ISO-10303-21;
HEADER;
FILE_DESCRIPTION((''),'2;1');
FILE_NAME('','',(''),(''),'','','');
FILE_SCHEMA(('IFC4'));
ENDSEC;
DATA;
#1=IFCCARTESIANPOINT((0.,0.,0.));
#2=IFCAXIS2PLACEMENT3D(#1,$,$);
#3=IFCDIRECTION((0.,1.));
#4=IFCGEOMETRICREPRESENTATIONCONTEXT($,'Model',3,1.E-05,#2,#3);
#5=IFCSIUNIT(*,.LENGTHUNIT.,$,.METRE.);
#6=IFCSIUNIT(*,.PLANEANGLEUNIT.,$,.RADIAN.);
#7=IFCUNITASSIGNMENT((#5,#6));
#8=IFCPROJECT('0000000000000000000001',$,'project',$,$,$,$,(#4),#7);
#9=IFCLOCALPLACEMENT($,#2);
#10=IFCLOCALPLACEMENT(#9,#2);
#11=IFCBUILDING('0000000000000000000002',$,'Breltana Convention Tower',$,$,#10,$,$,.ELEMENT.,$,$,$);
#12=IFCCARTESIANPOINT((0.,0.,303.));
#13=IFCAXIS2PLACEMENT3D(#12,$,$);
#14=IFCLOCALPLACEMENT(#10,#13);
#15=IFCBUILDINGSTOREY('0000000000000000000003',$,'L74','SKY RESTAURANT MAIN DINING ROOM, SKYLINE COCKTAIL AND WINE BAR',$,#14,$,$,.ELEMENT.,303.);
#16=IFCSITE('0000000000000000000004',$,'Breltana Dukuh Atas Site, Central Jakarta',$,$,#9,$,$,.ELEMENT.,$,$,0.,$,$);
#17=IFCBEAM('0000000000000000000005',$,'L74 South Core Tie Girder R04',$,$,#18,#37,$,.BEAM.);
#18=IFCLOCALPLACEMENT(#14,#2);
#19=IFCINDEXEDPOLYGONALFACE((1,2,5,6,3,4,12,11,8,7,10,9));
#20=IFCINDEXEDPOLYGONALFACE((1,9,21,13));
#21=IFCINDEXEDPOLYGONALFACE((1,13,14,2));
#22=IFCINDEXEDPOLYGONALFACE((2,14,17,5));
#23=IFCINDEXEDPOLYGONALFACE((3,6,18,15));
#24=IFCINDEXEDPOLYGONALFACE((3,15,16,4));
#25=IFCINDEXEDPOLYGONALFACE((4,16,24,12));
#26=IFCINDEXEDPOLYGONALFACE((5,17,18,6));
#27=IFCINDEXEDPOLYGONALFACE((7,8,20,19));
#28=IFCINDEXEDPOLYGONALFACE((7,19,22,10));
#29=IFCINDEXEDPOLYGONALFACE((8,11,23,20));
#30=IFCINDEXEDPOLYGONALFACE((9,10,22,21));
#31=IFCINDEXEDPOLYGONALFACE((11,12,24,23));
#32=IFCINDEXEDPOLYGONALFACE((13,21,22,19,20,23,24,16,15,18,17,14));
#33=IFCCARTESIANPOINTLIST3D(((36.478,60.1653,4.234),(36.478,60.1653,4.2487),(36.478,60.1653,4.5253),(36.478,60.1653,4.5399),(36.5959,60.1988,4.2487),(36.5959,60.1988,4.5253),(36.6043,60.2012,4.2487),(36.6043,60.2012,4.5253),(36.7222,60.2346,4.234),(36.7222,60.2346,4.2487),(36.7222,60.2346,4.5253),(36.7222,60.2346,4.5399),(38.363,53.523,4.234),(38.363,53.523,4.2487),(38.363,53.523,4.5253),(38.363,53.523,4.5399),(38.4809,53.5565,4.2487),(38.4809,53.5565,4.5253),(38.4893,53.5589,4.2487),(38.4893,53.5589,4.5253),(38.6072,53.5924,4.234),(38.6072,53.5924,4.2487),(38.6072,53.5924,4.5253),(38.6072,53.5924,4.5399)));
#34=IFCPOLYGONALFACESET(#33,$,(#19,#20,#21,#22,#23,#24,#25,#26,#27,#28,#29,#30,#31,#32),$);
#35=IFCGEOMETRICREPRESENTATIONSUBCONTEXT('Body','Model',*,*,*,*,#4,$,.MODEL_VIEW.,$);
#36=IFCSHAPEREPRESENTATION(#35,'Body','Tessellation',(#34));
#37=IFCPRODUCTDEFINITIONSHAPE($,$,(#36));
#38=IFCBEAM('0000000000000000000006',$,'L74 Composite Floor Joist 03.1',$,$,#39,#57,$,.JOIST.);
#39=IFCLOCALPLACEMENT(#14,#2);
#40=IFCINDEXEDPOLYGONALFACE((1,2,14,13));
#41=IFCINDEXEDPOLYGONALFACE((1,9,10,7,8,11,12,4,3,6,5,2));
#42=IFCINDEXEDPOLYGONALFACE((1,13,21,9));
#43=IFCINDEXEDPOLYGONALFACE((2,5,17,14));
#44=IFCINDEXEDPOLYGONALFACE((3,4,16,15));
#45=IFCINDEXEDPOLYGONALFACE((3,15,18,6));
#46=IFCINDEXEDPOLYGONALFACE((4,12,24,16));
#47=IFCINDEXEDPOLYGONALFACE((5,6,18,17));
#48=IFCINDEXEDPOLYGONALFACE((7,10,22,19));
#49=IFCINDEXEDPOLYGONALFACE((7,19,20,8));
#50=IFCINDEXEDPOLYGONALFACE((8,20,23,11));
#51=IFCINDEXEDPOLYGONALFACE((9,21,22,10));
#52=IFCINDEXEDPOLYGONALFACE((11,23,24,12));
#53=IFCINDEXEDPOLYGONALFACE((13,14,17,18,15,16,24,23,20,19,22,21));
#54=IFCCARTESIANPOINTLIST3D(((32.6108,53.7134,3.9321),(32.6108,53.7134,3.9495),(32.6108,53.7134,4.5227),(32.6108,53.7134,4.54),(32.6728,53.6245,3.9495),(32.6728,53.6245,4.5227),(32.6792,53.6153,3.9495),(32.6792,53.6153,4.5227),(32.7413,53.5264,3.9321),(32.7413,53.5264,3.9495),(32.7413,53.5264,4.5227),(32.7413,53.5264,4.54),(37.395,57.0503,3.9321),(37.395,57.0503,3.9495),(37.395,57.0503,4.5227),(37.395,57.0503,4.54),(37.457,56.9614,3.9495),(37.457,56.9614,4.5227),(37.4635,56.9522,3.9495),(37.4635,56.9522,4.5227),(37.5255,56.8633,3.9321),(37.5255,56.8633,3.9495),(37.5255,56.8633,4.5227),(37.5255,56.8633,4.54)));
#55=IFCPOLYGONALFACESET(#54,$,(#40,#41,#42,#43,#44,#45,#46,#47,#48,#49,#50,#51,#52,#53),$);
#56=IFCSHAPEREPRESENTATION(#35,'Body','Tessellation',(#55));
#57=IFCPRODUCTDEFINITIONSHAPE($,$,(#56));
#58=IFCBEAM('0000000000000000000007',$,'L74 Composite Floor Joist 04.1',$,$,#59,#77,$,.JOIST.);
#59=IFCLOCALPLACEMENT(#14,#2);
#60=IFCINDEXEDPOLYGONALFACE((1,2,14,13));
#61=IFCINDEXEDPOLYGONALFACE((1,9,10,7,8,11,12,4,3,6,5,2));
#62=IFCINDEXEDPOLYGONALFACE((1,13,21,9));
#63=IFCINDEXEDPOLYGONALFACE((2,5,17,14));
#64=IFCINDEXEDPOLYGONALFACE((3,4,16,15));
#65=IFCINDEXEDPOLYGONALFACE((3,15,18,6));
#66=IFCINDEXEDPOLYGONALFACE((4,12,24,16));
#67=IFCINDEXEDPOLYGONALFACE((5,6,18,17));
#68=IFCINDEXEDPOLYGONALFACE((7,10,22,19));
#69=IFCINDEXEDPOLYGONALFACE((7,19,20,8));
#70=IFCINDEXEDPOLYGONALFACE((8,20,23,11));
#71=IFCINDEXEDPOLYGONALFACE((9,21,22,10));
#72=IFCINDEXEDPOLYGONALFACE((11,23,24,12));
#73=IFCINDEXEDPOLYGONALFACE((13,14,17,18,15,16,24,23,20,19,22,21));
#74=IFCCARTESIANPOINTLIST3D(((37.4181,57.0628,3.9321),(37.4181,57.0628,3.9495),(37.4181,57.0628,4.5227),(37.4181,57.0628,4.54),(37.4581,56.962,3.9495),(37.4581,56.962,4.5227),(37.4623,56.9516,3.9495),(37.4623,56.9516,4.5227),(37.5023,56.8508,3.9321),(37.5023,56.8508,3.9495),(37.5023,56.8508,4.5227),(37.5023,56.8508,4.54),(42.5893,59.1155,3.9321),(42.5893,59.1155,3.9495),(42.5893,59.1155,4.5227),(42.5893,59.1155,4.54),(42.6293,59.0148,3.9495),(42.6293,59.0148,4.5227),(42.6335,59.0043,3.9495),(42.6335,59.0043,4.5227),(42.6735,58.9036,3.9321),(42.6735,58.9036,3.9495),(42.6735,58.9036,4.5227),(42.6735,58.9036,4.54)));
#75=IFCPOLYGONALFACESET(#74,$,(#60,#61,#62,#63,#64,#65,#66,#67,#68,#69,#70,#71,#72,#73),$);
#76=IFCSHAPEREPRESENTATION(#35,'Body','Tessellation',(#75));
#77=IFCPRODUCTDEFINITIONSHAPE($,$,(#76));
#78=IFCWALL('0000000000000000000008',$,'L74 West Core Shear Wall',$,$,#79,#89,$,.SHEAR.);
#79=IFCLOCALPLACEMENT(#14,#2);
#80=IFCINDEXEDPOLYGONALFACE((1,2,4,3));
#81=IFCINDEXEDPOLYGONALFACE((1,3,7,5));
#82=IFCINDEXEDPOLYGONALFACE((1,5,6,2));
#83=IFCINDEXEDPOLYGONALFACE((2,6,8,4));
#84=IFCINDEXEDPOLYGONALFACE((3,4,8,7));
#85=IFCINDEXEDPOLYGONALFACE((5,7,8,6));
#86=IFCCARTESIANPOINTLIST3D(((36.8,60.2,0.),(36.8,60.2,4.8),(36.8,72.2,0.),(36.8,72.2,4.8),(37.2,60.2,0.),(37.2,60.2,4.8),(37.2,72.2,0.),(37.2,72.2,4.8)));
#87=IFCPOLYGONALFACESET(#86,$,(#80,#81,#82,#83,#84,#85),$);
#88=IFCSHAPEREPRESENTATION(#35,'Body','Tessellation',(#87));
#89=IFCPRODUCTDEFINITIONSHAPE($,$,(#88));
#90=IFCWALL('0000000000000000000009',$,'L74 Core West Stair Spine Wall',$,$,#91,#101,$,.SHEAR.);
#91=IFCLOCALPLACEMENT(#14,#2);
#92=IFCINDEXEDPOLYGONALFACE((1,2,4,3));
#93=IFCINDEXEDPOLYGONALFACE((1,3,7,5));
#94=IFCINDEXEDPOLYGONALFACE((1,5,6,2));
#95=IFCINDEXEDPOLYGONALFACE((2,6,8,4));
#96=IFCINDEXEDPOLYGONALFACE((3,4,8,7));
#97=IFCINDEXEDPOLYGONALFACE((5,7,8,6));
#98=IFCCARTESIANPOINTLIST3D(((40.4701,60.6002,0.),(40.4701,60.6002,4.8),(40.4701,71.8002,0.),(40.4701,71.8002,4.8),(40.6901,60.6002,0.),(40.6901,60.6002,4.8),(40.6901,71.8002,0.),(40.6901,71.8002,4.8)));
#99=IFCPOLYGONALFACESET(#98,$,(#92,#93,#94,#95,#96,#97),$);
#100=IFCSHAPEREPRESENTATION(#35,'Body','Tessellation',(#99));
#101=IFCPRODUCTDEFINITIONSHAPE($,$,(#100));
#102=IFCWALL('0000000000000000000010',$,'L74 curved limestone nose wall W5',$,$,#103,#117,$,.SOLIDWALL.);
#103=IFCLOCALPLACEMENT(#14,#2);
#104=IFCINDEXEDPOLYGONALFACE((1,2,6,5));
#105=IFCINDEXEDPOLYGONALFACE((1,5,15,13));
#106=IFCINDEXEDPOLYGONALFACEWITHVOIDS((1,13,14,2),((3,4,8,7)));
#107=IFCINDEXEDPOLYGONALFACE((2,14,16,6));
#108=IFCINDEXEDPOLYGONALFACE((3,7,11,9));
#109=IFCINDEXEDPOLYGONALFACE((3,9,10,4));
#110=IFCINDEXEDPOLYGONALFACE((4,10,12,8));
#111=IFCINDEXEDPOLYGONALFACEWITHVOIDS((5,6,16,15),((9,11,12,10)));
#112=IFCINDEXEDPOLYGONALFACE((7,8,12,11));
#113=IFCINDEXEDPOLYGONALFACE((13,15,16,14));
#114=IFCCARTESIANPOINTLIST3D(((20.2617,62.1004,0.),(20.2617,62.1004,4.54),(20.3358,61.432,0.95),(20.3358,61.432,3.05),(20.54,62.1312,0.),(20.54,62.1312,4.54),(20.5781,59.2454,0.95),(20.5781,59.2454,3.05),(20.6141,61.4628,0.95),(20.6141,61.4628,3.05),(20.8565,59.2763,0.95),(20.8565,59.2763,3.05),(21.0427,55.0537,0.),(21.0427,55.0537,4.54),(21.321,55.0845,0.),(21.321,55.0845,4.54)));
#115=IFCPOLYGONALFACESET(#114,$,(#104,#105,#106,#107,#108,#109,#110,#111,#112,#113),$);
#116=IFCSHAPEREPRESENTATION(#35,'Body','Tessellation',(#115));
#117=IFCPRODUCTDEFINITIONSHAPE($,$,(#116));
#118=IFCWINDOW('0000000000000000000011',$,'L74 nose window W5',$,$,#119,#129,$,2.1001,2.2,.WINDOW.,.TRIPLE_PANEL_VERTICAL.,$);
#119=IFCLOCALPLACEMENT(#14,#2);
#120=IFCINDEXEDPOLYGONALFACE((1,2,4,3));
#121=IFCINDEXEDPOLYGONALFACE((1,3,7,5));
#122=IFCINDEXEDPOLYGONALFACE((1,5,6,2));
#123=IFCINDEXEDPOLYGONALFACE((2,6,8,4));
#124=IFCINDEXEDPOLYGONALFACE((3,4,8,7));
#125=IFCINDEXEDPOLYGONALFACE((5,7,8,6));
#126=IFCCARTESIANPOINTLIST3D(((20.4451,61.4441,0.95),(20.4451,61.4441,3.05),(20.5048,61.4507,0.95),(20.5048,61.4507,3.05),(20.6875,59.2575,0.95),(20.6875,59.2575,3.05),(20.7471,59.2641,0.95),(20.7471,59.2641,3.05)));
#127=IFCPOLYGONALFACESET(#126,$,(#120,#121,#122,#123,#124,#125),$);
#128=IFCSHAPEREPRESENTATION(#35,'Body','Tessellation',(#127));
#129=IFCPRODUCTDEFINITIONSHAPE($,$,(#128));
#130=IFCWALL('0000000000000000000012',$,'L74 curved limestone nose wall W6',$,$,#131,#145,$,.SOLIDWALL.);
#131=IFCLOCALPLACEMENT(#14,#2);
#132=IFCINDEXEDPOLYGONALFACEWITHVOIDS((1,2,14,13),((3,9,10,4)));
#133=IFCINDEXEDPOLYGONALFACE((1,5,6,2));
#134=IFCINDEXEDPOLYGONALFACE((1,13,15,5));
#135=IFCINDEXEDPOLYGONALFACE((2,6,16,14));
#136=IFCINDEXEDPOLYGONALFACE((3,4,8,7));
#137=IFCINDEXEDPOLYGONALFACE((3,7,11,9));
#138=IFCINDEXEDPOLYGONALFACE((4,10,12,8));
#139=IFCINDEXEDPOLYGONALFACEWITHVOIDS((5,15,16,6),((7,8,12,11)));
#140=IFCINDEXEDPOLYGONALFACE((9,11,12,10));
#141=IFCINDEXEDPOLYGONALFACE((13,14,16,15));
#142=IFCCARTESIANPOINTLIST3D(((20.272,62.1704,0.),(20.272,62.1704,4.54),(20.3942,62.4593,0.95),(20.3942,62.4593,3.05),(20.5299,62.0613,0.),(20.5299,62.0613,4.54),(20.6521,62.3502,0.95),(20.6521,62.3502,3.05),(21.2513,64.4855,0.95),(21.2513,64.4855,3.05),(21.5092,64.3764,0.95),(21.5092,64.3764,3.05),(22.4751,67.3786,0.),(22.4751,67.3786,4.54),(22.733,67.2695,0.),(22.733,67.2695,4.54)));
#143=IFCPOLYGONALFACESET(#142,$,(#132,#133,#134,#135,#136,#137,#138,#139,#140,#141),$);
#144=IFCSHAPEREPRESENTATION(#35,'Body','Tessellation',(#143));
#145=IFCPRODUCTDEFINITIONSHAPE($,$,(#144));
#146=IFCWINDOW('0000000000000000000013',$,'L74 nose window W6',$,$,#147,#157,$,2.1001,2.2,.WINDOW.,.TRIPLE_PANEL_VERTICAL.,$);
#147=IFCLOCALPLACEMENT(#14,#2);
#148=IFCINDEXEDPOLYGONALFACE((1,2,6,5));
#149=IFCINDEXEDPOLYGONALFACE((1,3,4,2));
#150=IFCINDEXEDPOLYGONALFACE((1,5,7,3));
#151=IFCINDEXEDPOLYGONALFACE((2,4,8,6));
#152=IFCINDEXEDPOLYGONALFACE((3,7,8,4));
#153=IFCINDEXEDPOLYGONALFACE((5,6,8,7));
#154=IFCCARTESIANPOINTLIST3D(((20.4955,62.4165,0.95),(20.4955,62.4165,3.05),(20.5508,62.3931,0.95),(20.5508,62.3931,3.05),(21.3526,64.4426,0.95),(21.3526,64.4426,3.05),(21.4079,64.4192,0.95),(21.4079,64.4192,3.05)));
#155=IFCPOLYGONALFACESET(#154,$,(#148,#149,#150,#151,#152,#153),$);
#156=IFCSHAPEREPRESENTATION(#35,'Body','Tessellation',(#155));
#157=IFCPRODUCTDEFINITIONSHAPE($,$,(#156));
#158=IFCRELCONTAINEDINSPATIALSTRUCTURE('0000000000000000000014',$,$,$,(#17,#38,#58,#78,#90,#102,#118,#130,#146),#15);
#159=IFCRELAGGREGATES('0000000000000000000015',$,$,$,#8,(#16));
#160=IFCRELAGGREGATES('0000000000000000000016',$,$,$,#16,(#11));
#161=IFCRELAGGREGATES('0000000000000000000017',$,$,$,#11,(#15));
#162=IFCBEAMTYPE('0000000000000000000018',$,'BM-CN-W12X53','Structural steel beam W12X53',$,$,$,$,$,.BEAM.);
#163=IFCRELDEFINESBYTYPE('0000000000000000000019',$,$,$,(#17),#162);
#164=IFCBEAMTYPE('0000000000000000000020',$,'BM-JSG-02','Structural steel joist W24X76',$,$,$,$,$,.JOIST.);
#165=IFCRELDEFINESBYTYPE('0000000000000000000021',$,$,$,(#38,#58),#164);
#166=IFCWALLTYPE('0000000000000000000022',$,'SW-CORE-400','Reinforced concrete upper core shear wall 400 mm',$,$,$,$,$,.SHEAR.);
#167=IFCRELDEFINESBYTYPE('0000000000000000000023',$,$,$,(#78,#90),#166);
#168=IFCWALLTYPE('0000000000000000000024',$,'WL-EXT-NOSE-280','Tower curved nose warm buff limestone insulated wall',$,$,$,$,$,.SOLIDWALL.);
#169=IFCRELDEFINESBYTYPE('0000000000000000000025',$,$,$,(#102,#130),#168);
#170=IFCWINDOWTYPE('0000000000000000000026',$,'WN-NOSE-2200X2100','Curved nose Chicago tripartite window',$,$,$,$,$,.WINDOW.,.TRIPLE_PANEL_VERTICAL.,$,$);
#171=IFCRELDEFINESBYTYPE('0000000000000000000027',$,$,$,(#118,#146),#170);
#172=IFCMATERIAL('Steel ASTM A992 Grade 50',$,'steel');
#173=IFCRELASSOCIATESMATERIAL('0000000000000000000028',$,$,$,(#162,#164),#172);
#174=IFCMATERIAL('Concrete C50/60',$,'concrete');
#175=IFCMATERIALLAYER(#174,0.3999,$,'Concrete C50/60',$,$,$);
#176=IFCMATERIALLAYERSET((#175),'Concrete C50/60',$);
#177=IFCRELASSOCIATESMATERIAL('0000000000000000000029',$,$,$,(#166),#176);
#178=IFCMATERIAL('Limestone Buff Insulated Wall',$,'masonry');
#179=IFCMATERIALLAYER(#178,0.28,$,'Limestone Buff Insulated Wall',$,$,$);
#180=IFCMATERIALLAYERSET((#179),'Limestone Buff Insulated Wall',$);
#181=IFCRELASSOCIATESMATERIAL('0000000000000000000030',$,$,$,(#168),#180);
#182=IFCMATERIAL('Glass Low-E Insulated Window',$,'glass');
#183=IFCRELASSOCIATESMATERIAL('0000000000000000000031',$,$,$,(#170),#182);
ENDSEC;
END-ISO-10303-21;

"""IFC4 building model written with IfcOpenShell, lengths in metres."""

from ifc_helpers import new_model, si_unit, direction, frame, frame_2d, origin, origin_2d, place, context, subcontext, project, spatial, rectangle, i_section, extrude, source, transform, mapped, material, layer, layer_set, material_profile, profile_set, type_object, type_shapes, element, fill, save


model = new_model("IFC4")

# Units and contexts
model_context = context("Model", 3, precision=1e-05, world=origin(), true_north=direction((0.0, 1.0)))
body_context = subcontext(model_context, "Body", "Model", "MODEL_VIEW")
ifc_project = project(units=[si_unit("LENGTHUNIT", "METRE"), si_unit("PLANEANGLEUNIT", "RADIAN")], contexts=[model_context])

# Site, building, storey
site_placement = place(None, origin())
site = spatial("IfcSite", under=ifc_project, at=site_placement, Name="Breltana Dukuh Atas Site, Central Jakarta", CompositionType="ELEMENT", RefElevation=0.0)
building_placement = place(site_placement, origin())
building = spatial("IfcBuilding", under=site, at=building_placement, Name="Breltana Convention Tower", CompositionType="ELEMENT")
storey_placement = place(building_placement, frame((0.0, 0.0, 303.0)))
storey = spatial("IfcBuildingStorey", under=building, at=storey_placement, Name="L74", Description="SKY RESTAURANT MAIN DINING ROOM, SKYLINE COCKTAIL AND WINE BAR", CompositionType="ELEMENT", Elevation=303.0)

# Beams
ifc_material_1 = material(Name="Steel ASTM A992 Grade 50", Category="steel")
ifc_material_profile_1 = material_profile(ifc_material_1, i_section(OverallWidth=0.2539, OverallDepth=0.3059, WebThickness=0.0088, FlangeThickness=0.0146, at=origin_2d()), Name="W12X53")
ifc_profile_set_1 = profile_set([ifc_material_profile_1], Name="Steel ASTM A992 Grade 50")
beam_type_1 = type_object("IfcBeamType", Name="BM-CN-W12X53", Description="Structural steel beam W12X53", PredefinedType="BEAM", material=ifc_profile_set_1)
shared_shape_1 = source(origin(), body_context, "Body", "SweptSolid", [
    extrude(i_section(OverallWidth=0.2539, OverallDepth=0.3059, WebThickness=0.0088, FlangeThickness=0.0146, at=origin_2d()), origin(), (0.0, 0.0, 1.0), 6.9045),
])
beam_1_placement = place(storey_placement, frame((36.6001, 60.2, 4.387), z_axis=(0.273007, -0.962012, 0.0), x_axis=(0.962012, 0.273007, 0.0)))
element("IfcBeam", 1, at=beam_1_placement, inside=storey, type_object=beam_type_1, Name="L74 South Core Tie Girder R04", PredefinedType="BEAM", context=body_context, shape_type="MappedRepresentation", body=[
    mapped(shared_shape_1, transform((0.0, 0.0, 0.0), scale=1.0)),
])
ifc_material_profile_2 = material_profile(ifc_material_1, i_section(OverallWidth=0.228, OverallDepth=0.6079, WebThickness=0.0112, FlangeThickness=0.0173, at=origin_2d()), Name="W24X76")
ifc_profile_set_2 = profile_set([ifc_material_profile_2], Name="Steel ASTM A992 Grade 50")
beam_type_2 = type_object("IfcBeamType", Name="BM-JSG-02", Description="Structural steel joist W24X76", PredefinedType="JOIST", material=ifc_profile_set_2)
shared_shape_2 = source(origin(), body_context, "Body", "SweptSolid", [
    extrude(i_section(OverallWidth=0.228, OverallDepth=0.6079, WebThickness=0.0112, FlangeThickness=0.0173, at=origin_2d()), origin(), (0.0, 0.0, 1.0), 5.833),
])
beam_2_placement = place(storey_placement, frame((32.676, 53.6199, 4.2361), z_axis=(0.820198, 0.572079, 0.0), x_axis=(-0.572079, 0.820198, 0.0)))
element("IfcBeam", 2, at=beam_2_placement, inside=storey, type_object=beam_type_2, Name="L74 Composite Floor Joist 03.1", PredefinedType="JOIST", context=body_context, shape_type="MappedRepresentation", body=[
    mapped(shared_shape_2, transform((0.0, 0.0, 0.0), scale=1.0)),
])
shared_shape_3 = source(origin(), body_context, "Body", "SweptSolid", [
    extrude(i_section(OverallWidth=0.228, OverallDepth=0.6079, WebThickness=0.0112, FlangeThickness=0.0173, at=origin_2d()), origin(), (0.0, 0.0, 1.0), 5.5637),
])
beam_3_placement = place(storey_placement, frame((37.4602, 56.9568, 4.2361), z_axis=(0.929448, 0.368953, 0.0), x_axis=(-0.368953, 0.929448, 0.0)))
element("IfcBeam", 3, at=beam_3_placement, inside=storey, type_object=beam_type_2, Name="L74 Composite Floor Joist 04.1", PredefinedType="JOIST", context=body_context, shape_type="MappedRepresentation", body=[
    mapped(shared_shape_3, transform((0.0, 0.0, 0.0), scale=1.0)),
])

# Wall
ifc_material_2 = material(Name="Concrete C50/60", Category="concrete")
ifc_layer_1 = layer(ifc_material_2, 0.3999, Name="Concrete C50/60")
ifc_layer_set_1 = layer_set([ifc_layer_1], Name="Concrete C50/60")
wall_type_1 = type_object("IfcWallType", Name="SW-CORE-400", Description="Reinforced concrete upper core shear wall 400 mm", PredefinedType="SHEAR", material=ifc_layer_set_1)
shared_shape_4 = source(origin(), body_context, "Body", "SweptSolid", [
    extrude(rectangle(XDim=12.0, YDim=0.3999, at=frame_2d((6.0, 0.0))), origin(), (0.0, 0.0, 1.0), 4.8),
])
wall_1_placement = place(storey_placement, frame((37.0, 60.2, 0.0), z_axis=(0.0, 0.0, 1.0), x_axis=(0.0, 1.0, 0.0)))
element("IfcWall", 4, at=wall_1_placement, inside=storey, type_object=wall_type_1, Name="L74 West Core Shear Wall", PredefinedType="SHEAR", context=body_context, shape_type="MappedRepresentation", body=[
    mapped(shared_shape_4, transform((0.0, 0.0, 0.0), scale=1.0)),
])

# Wall
shared_shape_5 = source(origin(), body_context, "Body", "SweptSolid", [
    extrude(rectangle(XDim=11.2, YDim=0.22, at=frame_2d((5.6001, 0.0))), origin(), (0.0, 0.0, 1.0), 4.8),
])
wall_2_placement = place(storey_placement, frame((40.5801, 60.6001, 0.0), z_axis=(0.0, 0.0, 1.0), x_axis=(0.0, 1.0, 0.0)))
element("IfcWall", 5, at=wall_2_placement, inside=storey, type_object=wall_type_1, Name="L74 Core West Stair Spine Wall", PredefinedType="SHEAR", context=body_context, shape_type="MappedRepresentation", body=[
    mapped(shared_shape_5, transform((0.0, 0.0, 0.0), scale=1.0)),
])

# Walls, openings, windows
ifc_material_3 = material(Name="Limestone Buff Insulated Wall", Category="masonry")
ifc_layer_2 = layer(ifc_material_3, 0.28, Name="Limestone Buff Insulated Wall")
ifc_layer_set_2 = layer_set([ifc_layer_2], Name="Limestone Buff Insulated Wall")
wall_type_2 = type_object("IfcWallType", Name="WL-EXT-NOSE-280", Description="Tower curved nose warm buff limestone insulated wall", PredefinedType="SOLIDWALL", material=ifc_layer_set_2)
shared_shape_6 = source(origin(), body_context, "Body", "SweptSolid", [
    extrude(rectangle(XDim=7.0898, YDim=0.28, at=frame_2d((3.5449, 0.0))), origin(), (0.0, 0.0, 1.0), 4.54),
])
wall_3_placement = place(storey_placement, frame((21.1819, 55.0691, 0.0), z_axis=(0.0, 0.0, 1.0), x_axis=(-0.110159, 0.993914, 0.0)))
wall_3 = element("IfcWall", 6, at=wall_3_placement, inside=storey, type_object=wall_type_2, Name="L74 curved limestone nose wall W5", PredefinedType="SOLIDWALL", context=body_context, shape_type="MappedRepresentation", body=[
    mapped(shared_shape_6, transform((0.0, 0.0, 0.0), scale=1.0)),
])
opening_1_placement = place(wall_3_placement, frame((4.2173, 0.0, 0.95)))
opening_1 = element("IfcOpeningElement", 7, at=opening_1_placement, cuts=wall_3, PredefinedType="OPENING", context=body_context, shape_type="SweptSolid", body=[
    extrude(rectangle(XDim=2.2, YDim=2.1001, at=frame_2d((1.1001, 1.05))), frame((0.0, 0.1499, 0.0), z_axis=(0.0, -1.0, 0.0), x_axis=(1.0, 0.0, 0.0)), (0.0, 0.0, 1.0), 0.3),
])
ifc_material_4 = material(Name="Glass Low-E Insulated Window", Category="glass")
window_type = type_object("IfcWindowType", Name="WN-NOSE-2200X2100", Description="Curved nose Chicago tripartite window", PartitioningType="TRIPLE_PANEL_VERTICAL", PredefinedType="WINDOW", material=ifc_material_4)
shared_shape_7 = source(origin(), body_context, "Body", "SweptSolid", [
    extrude(rectangle(XDim=2.2, YDim=2.1001, at=frame_2d((1.1001, 1.05))), frame((0.0, 0.03, 0.0), z_axis=(0.0, -1.0, 0.0), x_axis=(1.0, 0.0, 0.0)), (0.0, 0.0, 1.0), 0.0601),
])
type_shapes(window_type, [shared_shape_7])
window_1_placement = place(opening_1_placement, origin())
window_1 = element("IfcWindow", 8, at=window_1_placement, inside=storey, type_object=window_type, Name="L74 nose window W5", OverallHeight=2.1001, OverallWidth=2.2, PartitioningType="TRIPLE_PANEL_VERTICAL", PredefinedType="WINDOW", context=body_context, shape_type="MappedRepresentation", body=[
    mapped(shared_shape_7, transform((0.0, 0.0, 0.0), scale=1.0)),
])
fill(opening_1, window_1)
shared_shape_8 = source(origin(), body_context, "Body", "SweptSolid", [
    extrude(rectangle(XDim=5.655, YDim=0.28, at=frame_2d((2.8276, 0.0))), origin(), (0.0, 0.0, 1.0), 4.54),
])
wall_4_placement = place(storey_placement, frame((20.4009, 62.1157, 0.0), z_axis=(0.0, 0.0, 1.0), x_axis=(0.389585, 0.92099, 0.0)))
wall_4 = element("IfcWall", 9, at=wall_4_placement, inside=storey, type_object=wall_type_2, Name="L74 curved limestone nose wall W6", PredefinedType="SOLIDWALL", context=body_context, shape_type="MappedRepresentation", body=[
    mapped(shared_shape_8, transform((0.0, 0.0, 0.0), scale=1.0)),
])
opening_2_placement = place(wall_4_placement, frame((0.3137, 0.0, 0.95)))
opening_2 = element("IfcOpeningElement", 10, at=opening_2_placement, cuts=wall_4, PredefinedType="OPENING", context=body_context, shape_type="SweptSolid", body=[
    extrude(rectangle(XDim=2.2, YDim=2.1001, at=frame_2d((1.1001, 1.05))), frame((0.0, 0.1499, 0.0), z_axis=(0.0, -1.0, 0.0), x_axis=(1.0, 0.0, 0.0)), (0.0, 0.0, 1.0), 0.3),
])
window_2_placement = place(opening_2_placement, origin())
window_2 = element("IfcWindow", 11, at=window_2_placement, inside=storey, type_object=window_type, Name="L74 nose window W6", OverallHeight=2.1001, OverallWidth=2.2, PartitioningType="TRIPLE_PANEL_VERTICAL", PredefinedType="WINDOW", context=body_context, shape_type="MappedRepresentation", body=[
    mapped(shared_shape_7, transform((0.0, 0.0, 0.0), scale=1.0)),
])
fill(opening_2, window_2)

save(model, "model.ifc")
